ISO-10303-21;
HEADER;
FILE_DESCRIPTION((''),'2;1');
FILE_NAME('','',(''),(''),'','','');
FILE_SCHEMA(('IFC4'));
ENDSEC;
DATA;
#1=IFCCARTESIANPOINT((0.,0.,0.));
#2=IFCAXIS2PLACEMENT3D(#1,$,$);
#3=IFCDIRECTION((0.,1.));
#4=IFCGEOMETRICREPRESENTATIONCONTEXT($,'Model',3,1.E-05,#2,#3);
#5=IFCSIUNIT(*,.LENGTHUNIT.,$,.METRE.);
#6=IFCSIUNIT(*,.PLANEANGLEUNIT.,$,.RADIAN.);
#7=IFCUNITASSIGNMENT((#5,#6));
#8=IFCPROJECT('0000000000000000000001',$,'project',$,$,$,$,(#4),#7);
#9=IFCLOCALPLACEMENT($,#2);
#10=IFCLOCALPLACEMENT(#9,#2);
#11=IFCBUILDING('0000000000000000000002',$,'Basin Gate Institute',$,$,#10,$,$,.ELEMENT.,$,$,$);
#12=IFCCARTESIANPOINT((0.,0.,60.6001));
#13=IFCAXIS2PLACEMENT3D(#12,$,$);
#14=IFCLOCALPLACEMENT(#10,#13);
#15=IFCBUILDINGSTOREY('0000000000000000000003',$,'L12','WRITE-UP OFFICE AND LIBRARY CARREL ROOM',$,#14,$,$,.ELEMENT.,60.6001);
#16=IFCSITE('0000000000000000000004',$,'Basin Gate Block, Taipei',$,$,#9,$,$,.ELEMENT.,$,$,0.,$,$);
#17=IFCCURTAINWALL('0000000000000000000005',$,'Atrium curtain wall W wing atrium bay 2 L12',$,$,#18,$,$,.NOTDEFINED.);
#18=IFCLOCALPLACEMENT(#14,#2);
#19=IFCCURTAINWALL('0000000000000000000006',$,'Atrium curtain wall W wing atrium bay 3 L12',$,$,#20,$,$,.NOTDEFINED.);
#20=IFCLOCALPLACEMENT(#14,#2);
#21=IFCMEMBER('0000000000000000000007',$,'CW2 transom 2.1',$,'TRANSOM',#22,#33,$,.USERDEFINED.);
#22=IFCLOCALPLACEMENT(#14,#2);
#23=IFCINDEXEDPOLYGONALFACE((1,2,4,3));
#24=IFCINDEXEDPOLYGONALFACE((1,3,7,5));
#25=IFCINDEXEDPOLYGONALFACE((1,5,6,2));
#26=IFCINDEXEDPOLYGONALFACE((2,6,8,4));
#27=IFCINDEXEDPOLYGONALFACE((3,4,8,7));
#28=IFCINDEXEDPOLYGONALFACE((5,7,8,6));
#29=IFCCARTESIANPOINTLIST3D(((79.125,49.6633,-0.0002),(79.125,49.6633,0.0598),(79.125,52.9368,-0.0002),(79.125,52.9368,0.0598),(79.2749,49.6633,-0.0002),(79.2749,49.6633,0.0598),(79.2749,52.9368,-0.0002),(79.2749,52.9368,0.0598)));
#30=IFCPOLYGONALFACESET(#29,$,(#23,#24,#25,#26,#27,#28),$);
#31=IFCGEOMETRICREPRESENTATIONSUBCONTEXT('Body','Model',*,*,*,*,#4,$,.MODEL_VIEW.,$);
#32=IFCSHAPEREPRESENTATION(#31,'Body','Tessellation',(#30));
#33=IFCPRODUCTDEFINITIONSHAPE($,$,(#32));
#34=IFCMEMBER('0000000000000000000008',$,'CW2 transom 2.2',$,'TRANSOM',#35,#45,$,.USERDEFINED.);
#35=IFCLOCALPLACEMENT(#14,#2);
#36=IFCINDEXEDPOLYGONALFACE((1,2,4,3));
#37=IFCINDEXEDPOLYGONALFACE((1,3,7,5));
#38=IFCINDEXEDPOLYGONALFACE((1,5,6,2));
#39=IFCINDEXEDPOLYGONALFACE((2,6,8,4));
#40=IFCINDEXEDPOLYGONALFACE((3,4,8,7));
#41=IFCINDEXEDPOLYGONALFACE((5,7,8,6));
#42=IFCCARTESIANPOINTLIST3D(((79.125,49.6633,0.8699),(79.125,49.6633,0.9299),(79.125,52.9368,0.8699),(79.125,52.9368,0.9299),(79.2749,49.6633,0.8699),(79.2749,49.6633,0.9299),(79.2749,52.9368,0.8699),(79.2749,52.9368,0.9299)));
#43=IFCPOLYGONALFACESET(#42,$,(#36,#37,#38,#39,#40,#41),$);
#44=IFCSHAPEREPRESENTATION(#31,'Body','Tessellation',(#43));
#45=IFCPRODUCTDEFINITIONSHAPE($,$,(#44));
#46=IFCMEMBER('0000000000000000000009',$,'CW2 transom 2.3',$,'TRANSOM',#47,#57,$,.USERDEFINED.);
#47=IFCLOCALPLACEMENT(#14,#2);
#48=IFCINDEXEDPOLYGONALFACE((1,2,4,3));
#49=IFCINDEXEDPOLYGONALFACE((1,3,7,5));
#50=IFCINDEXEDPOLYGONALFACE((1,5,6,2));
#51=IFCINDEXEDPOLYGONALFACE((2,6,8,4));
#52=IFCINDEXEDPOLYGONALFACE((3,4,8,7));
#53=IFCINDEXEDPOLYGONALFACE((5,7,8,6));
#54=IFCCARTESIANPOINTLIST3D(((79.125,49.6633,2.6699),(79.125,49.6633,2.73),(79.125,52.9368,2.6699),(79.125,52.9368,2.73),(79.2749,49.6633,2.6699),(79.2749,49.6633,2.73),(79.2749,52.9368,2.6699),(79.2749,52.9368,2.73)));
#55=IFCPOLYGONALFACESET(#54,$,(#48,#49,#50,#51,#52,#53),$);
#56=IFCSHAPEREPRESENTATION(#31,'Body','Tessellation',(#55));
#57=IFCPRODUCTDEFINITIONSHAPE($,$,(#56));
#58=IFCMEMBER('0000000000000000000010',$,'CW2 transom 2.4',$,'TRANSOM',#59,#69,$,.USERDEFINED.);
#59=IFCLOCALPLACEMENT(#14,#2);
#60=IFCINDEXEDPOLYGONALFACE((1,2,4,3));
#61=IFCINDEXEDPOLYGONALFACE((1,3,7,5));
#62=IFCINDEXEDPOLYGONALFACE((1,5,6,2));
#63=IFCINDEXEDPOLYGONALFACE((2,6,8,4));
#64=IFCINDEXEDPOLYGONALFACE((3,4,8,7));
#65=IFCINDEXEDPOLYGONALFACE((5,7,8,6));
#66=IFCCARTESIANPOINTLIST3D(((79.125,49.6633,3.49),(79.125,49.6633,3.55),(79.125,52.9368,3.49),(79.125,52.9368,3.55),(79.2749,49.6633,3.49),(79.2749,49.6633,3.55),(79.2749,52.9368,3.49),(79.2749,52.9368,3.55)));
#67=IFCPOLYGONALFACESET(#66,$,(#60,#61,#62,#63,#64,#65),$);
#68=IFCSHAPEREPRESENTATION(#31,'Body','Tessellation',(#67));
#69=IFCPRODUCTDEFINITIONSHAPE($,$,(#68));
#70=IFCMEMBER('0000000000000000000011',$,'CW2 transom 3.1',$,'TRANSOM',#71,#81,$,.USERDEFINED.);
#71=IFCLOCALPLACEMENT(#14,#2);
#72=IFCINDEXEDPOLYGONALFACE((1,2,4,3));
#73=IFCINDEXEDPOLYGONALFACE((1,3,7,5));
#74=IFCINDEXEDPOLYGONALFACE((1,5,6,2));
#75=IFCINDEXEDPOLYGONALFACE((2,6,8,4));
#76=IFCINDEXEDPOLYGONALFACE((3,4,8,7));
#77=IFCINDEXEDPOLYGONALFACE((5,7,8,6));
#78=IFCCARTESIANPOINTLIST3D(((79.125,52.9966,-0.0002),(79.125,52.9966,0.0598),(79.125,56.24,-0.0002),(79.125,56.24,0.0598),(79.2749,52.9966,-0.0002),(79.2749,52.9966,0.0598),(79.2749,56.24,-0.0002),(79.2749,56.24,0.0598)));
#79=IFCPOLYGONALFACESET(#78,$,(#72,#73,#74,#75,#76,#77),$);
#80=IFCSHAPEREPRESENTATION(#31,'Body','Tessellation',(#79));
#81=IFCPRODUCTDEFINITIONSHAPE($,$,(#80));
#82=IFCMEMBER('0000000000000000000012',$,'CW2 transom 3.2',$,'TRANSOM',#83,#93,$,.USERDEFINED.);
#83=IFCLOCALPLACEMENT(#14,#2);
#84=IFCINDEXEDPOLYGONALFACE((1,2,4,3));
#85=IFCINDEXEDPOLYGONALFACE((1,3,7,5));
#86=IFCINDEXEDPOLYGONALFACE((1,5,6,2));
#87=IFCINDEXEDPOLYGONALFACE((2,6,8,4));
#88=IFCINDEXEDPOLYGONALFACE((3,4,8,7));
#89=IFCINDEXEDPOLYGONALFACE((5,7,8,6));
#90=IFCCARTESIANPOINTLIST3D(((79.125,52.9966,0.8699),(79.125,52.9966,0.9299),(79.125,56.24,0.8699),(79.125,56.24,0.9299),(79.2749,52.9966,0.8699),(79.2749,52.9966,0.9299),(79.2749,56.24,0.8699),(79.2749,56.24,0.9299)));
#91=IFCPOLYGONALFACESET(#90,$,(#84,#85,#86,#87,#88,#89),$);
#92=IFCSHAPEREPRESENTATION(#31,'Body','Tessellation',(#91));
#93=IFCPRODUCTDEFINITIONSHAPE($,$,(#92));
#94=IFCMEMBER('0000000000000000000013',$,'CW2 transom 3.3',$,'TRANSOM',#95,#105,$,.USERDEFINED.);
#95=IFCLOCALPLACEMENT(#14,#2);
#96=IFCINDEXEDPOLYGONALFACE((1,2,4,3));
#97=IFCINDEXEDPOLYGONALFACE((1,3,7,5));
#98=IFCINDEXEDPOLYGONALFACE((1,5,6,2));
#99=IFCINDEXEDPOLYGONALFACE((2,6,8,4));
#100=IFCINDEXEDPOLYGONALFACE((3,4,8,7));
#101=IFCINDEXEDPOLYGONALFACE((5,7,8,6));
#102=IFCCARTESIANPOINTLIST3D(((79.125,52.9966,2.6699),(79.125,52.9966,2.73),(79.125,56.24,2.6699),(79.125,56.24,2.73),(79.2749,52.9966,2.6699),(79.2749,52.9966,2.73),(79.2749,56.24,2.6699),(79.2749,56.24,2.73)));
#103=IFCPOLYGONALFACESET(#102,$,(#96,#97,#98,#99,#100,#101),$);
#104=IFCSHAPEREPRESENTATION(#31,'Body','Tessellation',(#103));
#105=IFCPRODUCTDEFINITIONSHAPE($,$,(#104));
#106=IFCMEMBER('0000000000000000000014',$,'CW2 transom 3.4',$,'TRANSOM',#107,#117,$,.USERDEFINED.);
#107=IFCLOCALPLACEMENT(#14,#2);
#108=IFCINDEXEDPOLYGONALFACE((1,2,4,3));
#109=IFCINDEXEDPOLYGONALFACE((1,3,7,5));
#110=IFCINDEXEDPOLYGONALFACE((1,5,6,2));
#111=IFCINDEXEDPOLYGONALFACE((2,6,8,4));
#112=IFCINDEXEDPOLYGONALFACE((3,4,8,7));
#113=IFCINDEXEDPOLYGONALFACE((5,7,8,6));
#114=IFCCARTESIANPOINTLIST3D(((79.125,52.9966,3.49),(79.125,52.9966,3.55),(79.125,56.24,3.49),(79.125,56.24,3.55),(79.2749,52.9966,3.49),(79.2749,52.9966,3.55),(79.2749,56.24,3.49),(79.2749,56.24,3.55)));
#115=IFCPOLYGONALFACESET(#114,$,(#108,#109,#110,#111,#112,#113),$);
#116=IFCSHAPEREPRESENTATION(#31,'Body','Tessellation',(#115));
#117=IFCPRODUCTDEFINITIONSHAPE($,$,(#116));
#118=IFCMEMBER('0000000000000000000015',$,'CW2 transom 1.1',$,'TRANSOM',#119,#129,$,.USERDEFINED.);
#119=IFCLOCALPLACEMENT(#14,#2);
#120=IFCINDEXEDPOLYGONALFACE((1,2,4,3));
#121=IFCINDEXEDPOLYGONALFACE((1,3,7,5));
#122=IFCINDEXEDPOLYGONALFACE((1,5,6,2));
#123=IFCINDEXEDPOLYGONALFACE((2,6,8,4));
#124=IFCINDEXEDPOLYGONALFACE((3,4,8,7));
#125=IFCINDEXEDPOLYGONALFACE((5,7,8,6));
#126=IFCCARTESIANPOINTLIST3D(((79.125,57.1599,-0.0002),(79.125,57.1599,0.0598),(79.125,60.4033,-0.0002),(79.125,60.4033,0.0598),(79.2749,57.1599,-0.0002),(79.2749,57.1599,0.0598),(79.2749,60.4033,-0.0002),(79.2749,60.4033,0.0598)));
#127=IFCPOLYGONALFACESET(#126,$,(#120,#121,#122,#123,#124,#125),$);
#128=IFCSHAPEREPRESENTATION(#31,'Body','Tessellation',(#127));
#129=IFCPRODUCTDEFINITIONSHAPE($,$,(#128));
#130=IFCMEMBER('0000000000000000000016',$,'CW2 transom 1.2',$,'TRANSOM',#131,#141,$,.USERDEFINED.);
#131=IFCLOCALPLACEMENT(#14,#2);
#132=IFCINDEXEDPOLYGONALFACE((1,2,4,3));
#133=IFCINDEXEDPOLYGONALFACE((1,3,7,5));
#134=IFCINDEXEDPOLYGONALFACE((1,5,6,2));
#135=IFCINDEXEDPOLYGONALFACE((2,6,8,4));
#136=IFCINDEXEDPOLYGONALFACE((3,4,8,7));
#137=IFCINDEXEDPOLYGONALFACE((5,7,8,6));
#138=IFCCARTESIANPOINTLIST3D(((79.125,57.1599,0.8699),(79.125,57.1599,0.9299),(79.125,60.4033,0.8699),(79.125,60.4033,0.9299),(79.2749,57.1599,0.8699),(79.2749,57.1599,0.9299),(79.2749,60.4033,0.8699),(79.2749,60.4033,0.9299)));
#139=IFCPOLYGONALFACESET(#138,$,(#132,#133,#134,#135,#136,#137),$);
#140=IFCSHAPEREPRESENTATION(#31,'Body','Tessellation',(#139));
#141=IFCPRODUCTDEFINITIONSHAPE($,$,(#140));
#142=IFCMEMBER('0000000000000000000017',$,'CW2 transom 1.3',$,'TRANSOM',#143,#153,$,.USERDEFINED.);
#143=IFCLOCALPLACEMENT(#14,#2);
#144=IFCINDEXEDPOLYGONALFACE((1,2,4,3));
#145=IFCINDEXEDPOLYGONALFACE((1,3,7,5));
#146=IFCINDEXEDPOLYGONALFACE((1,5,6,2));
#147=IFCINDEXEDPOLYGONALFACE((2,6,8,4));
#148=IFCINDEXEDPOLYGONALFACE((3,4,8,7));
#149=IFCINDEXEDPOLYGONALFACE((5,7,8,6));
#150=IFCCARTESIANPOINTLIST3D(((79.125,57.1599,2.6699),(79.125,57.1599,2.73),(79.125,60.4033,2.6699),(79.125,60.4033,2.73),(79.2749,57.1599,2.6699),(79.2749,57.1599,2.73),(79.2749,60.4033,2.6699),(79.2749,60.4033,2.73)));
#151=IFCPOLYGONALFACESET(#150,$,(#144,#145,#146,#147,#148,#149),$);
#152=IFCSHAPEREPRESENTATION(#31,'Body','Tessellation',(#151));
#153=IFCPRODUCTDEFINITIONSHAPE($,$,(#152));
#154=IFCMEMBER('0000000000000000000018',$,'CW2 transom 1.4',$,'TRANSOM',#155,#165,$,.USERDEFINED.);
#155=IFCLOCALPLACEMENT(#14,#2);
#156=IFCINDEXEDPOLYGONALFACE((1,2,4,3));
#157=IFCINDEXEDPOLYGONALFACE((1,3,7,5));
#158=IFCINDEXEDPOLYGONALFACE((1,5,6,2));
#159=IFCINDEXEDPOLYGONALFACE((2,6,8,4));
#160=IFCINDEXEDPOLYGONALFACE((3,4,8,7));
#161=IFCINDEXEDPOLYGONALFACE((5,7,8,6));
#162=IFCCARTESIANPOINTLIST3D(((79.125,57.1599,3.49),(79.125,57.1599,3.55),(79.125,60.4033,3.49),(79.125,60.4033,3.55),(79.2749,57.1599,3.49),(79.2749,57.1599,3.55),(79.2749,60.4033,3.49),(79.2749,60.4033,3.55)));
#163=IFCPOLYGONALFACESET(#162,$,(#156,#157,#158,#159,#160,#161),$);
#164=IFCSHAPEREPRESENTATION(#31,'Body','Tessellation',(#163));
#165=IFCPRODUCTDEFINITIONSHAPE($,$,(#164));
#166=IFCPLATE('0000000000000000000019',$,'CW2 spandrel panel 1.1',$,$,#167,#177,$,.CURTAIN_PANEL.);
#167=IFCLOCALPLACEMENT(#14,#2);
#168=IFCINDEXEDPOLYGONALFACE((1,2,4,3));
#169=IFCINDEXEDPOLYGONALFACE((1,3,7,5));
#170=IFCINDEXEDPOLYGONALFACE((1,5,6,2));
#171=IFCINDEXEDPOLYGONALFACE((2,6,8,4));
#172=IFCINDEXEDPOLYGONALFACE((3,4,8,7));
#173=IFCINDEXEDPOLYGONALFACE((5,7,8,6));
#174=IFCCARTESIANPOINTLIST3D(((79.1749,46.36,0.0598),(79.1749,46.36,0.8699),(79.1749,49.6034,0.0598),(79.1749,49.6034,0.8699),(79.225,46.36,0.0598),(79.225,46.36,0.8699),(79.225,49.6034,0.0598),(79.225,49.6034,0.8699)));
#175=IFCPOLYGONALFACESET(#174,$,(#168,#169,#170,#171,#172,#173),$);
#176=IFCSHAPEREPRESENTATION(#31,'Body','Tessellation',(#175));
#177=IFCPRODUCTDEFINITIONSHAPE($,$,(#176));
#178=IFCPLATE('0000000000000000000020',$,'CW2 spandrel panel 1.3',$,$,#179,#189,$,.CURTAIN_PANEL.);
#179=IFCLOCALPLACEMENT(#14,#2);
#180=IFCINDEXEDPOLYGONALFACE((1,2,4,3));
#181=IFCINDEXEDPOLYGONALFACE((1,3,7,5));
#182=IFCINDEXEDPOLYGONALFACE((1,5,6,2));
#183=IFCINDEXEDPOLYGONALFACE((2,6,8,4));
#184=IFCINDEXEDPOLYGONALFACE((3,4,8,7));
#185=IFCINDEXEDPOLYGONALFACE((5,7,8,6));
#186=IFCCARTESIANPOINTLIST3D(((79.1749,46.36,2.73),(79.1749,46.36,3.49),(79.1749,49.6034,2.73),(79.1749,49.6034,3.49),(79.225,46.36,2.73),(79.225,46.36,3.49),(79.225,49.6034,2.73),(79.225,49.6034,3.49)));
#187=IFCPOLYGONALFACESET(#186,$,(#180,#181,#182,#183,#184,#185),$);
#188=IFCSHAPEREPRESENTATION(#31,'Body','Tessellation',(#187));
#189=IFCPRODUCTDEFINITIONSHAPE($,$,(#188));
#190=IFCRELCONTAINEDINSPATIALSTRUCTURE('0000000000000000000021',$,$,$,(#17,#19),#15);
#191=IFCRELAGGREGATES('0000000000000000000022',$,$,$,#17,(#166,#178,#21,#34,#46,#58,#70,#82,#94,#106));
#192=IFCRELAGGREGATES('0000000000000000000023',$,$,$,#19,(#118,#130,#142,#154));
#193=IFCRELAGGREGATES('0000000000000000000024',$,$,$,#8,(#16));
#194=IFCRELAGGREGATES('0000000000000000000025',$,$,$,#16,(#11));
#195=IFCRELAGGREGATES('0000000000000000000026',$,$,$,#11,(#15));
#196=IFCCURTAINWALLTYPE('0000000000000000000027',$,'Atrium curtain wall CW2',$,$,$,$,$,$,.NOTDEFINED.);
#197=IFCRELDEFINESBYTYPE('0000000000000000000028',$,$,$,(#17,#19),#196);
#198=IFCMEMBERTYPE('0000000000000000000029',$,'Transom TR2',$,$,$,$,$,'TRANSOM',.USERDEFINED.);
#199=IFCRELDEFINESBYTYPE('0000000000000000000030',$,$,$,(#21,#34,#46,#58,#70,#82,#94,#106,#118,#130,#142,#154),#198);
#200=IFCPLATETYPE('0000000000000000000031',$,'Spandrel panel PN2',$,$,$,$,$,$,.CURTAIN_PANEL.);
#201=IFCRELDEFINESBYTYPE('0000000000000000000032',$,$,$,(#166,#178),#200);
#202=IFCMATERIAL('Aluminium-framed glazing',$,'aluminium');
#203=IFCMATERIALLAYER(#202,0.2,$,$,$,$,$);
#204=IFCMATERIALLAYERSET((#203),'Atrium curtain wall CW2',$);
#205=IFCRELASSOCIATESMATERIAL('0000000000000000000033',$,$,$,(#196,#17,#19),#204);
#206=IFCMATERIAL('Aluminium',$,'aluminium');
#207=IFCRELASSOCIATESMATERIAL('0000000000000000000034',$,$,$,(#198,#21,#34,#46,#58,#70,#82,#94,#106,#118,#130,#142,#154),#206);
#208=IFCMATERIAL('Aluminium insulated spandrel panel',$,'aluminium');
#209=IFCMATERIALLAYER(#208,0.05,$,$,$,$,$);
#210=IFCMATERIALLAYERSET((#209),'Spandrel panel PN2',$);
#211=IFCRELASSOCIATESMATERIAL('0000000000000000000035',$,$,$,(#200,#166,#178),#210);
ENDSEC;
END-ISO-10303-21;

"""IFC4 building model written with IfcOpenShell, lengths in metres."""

from ifc_helpers import new_model, si_unit, direction, frame, origin, origin_2d, place, context, subcontext, project, spatial, rectangle, extrude, material, layer, layer_set, material_profile, profile_set, type_object, element, aggregate, save


model = new_model("IFC4")

# Units and contexts
model_context = context("Model", 3, precision=1e-05, world=origin(), true_north=direction((0.0, 1.0)))
body_context = subcontext(model_context, "Body", "Model", "MODEL_VIEW")
ifc_project = project(units=[si_unit("LENGTHUNIT", "METRE"), si_unit("PLANEANGLEUNIT", "RADIAN")], contexts=[model_context])

# Site, building, storey
site_placement = place(None, origin())
site = spatial("IfcSite", under=ifc_project, at=site_placement, Name="Basin Gate Block, Taipei", CompositionType="ELEMENT", RefElevation=0.0)
building_placement = place(site_placement, origin())
building = spatial("IfcBuilding", under=site, at=building_placement, Name="Basin Gate Institute", CompositionType="ELEMENT")
storey_placement = place(building_placement, frame((0.0, 0.0, 60.6001)))
storey = spatial("IfcBuildingStorey", under=building, at=storey_placement, Name="L12", Description="WRITE-UP OFFICE AND LIBRARY CARREL ROOM", CompositionType="ELEMENT", Elevation=60.6001)

# Curtain wall
ifc_material_1 = material(Name="Aluminium-framed glazing", Category="aluminium")
ifc_layer_1 = layer(ifc_material_1, 0.2)
ifc_layer_set_1 = layer_set([ifc_layer_1], Name="Atrium curtain wall CW2")
curtain_wall_type = type_object("IfcCurtainWallType", Name="Atrium curtain wall CW2", PredefinedType="NOTDEFINED", material=ifc_layer_set_1)
curtain_wall_1_placement = place(storey_placement, origin())
curtain_wall_1 = element("IfcCurtainWall", 1, at=curtain_wall_1_placement, inside=storey, type_object=curtain_wall_type, material=ifc_layer_set_1, Name="Atrium curtain wall W wing atrium bay 2 L12", PredefinedType="NOTDEFINED")

# Curtain wall
curtain_wall_2_placement = place(storey_placement, origin())
curtain_wall_2 = element("IfcCurtainWall", 2, at=curtain_wall_2_placement, inside=storey, type_object=curtain_wall_type, material=ifc_layer_set_1, Name="Atrium curtain wall W wing atrium bay 3 L12", PredefinedType="NOTDEFINED")

# Members
ifc_material_2 = material(Name="Aluminium", Category="aluminium")
ifc_material_profile_1 = material_profile(ifc_material_2, rectangle(XDim=0.1499, YDim=0.0601, at=origin_2d()), Name="Transom TR2 150 x 60")
ifc_profile_set_1 = profile_set([ifc_material_profile_1], Name="Aluminium")
member_type_1 = type_object("IfcMemberType", Name="Transom TR2", ElementType="TRANSOM", PredefinedType="USERDEFINED", material=ifc_profile_set_1)
member_1_placement = place(storey_placement, frame((79.2, 49.6633, 0.0298), z_axis=(0.0, 1.0, 0.0), x_axis=(-1.0, 0.0, 0.0)))
member_1 = element("IfcMember", 3, at=member_1_placement, type_object=member_type_1, material=ifc_profile_set_1, Name="CW2 transom 2.1", ObjectType="TRANSOM", PredefinedType="USERDEFINED", context=body_context, shape_type="SweptSolid", body=[
    extrude(rectangle(XDim=0.1499, YDim=0.0601, at=origin_2d()), origin(), (0.0, 0.0, 1.0), 3.2734),
])
member_2_placement = place(storey_placement, frame((79.2, 49.6633, 0.8999), z_axis=(0.0, 1.0, 0.0), x_axis=(-1.0, 0.0, 0.0)))
member_2 = element("IfcMember", 4, at=member_2_placement, type_object=member_type_1, material=ifc_profile_set_1, Name="CW2 transom 2.2", ObjectType="TRANSOM", PredefinedType="USERDEFINED", context=body_context, shape_type="SweptSolid", body=[
    extrude(rectangle(XDim=0.1499, YDim=0.0601, at=origin_2d()), origin(), (0.0, 0.0, 1.0), 3.2734),
])
member_3_placement = place(storey_placement, frame((79.2, 49.6633, 2.7), z_axis=(0.0, 1.0, 0.0), x_axis=(-1.0, 0.0, 0.0)))
member_3 = element("IfcMember", 5, at=member_3_placement, type_object=member_type_1, material=ifc_profile_set_1, Name="CW2 transom 2.3", ObjectType="TRANSOM", PredefinedType="USERDEFINED", context=body_context, shape_type="SweptSolid", body=[
    extrude(rectangle(XDim=0.1499, YDim=0.0601, at=origin_2d()), origin(), (0.0, 0.0, 1.0), 3.2734),
])
member_4_placement = place(storey_placement, frame((79.2, 49.6633, 3.52), z_axis=(0.0, 1.0, 0.0), x_axis=(-1.0, 0.0, 0.0)))
member_4 = element("IfcMember", 6, at=member_4_placement, type_object=member_type_1, material=ifc_profile_set_1, Name="CW2 transom 2.4", ObjectType="TRANSOM", PredefinedType="USERDEFINED", context=body_context, shape_type="SweptSolid", body=[
    extrude(rectangle(XDim=0.1499, YDim=0.0601, at=origin_2d()), origin(), (0.0, 0.0, 1.0), 3.2734),
])
member_5_placement = place(storey_placement, frame((79.2, 52.9966, 0.0298), z_axis=(0.0, 1.0, 0.0), x_axis=(-1.0, 0.0, 0.0)))
member_5 = element("IfcMember", 7, at=member_5_placement, type_object=member_type_1, material=ifc_profile_set_1, Name="CW2 transom 3.1", ObjectType="TRANSOM", PredefinedType="USERDEFINED", context=body_context, shape_type="SweptSolid", body=[
    extrude(rectangle(XDim=0.1499, YDim=0.0601, at=origin_2d()), origin(), (0.0, 0.0, 1.0), 3.2434),
])
member_6_placement = place(storey_placement, frame((79.2, 52.9966, 0.8999), z_axis=(0.0, 1.0, 0.0), x_axis=(-1.0, 0.0, 0.0)))
member_6 = element("IfcMember", 8, at=member_6_placement, type_object=member_type_1, material=ifc_profile_set_1, Name="CW2 transom 3.2", ObjectType="TRANSOM", PredefinedType="USERDEFINED", context=body_context, shape_type="SweptSolid", body=[
    extrude(rectangle(XDim=0.1499, YDim=0.0601, at=origin_2d()), origin(), (0.0, 0.0, 1.0), 3.2434),
])
member_7_placement = place(storey_placement, frame((79.2, 52.9966, 2.7), z_axis=(0.0, 1.0, 0.0), x_axis=(-1.0, 0.0, 0.0)))
member_7 = element("IfcMember", 9, at=member_7_placement, type_object=member_type_1, material=ifc_profile_set_1, Name="CW2 transom 3.3", ObjectType="TRANSOM", PredefinedType="USERDEFINED", context=body_context, shape_type="SweptSolid", body=[
    extrude(rectangle(XDim=0.1499, YDim=0.0601, at=origin_2d()), origin(), (0.0, 0.0, 1.0), 3.2434),
])
member_8_placement = place(storey_placement, frame((79.2, 52.9966, 3.52), z_axis=(0.0, 1.0, 0.0), x_axis=(-1.0, 0.0, 0.0)))
member_8 = element("IfcMember", 10, at=member_8_placement, type_object=member_type_1, material=ifc_profile_set_1, Name="CW2 transom 3.4", ObjectType="TRANSOM", PredefinedType="USERDEFINED", context=body_context, shape_type="SweptSolid", body=[
    extrude(rectangle(XDim=0.1499, YDim=0.0601, at=origin_2d()), origin(), (0.0, 0.0, 1.0), 3.2434),
])
member_9_placement = place(storey_placement, frame((79.2, 57.1599, 0.0298), z_axis=(0.0, 1.0, 0.0), x_axis=(-1.0, 0.0, 0.0)))
member_9 = element("IfcMember", 11, at=member_9_placement, type_object=member_type_1, material=ifc_profile_set_1, Name="CW2 transom 1.1", ObjectType="TRANSOM", PredefinedType="USERDEFINED", context=body_context, shape_type="SweptSolid", body=[
    extrude(rectangle(XDim=0.1499, YDim=0.0601, at=origin_2d()), origin(), (0.0, 0.0, 1.0), 3.2434),
])
member_10_placement = place(storey_placement, frame((79.2, 57.1599, 0.8999), z_axis=(0.0, 1.0, 0.0), x_axis=(-1.0, 0.0, 0.0)))
member_10 = element("IfcMember", 12, at=member_10_placement, type_object=member_type_1, material=ifc_profile_set_1, Name="CW2 transom 1.2", ObjectType="TRANSOM", PredefinedType="USERDEFINED", context=body_context, shape_type="SweptSolid", body=[
    extrude(rectangle(XDim=0.1499, YDim=0.0601, at=origin_2d()), origin(), (0.0, 0.0, 1.0), 3.2434),
])
member_11_placement = place(storey_placement, frame((79.2, 57.1599, 2.7), z_axis=(0.0, 1.0, 0.0), x_axis=(-1.0, 0.0, 0.0)))
member_11 = element("IfcMember", 13, at=member_11_placement, type_object=member_type_1, material=ifc_profile_set_1, Name="CW2 transom 1.3", ObjectType="TRANSOM", PredefinedType="USERDEFINED", context=body_context, shape_type="SweptSolid", body=[
    extrude(rectangle(XDim=0.1499, YDim=0.0601, at=origin_2d()), origin(), (0.0, 0.0, 1.0), 3.2434),
])
member_12_placement = place(storey_placement, frame((79.2, 57.1599, 3.52), z_axis=(0.0, 1.0, 0.0), x_axis=(-1.0, 0.0, 0.0)))
member_12 = element("IfcMember", 14, at=member_12_placement, type_object=member_type_1, material=ifc_profile_set_1, Name="CW2 transom 1.4", ObjectType="TRANSOM", PredefinedType="USERDEFINED", context=body_context, shape_type="SweptSolid", body=[
    extrude(rectangle(XDim=0.1499, YDim=0.0601, at=origin_2d()), origin(), (0.0, 0.0, 1.0), 3.2434),
])

# Plates
ifc_material_3 = material(Name="Aluminium insulated spandrel panel", Category="aluminium")
ifc_layer_2 = layer(ifc_material_3, 0.05)
ifc_layer_set_2 = layer_set([ifc_layer_2], Name="Spandrel panel PN2")
plate_type_1 = type_object("IfcPlateType", Name="Spandrel panel PN2", PredefinedType="CURTAIN_PANEL", material=ifc_layer_set_2)
plate_1_placement = place(storey_placement, frame((79.2, 47.9817, 0.0598), z_axis=(0.0, 0.0, 1.0), x_axis=(0.0, 1.0, 0.0)))
plate_1 = element("IfcPlate", 15, at=plate_1_placement, type_object=plate_type_1, material=ifc_layer_set_2, Name="CW2 spandrel panel 1.1", PredefinedType="CURTAIN_PANEL", context=body_context, shape_type="SweptSolid", body=[
    extrude(rectangle(XDim=3.2434, YDim=0.05, at=origin_2d()), origin(), (0.0, 0.0, 1.0), 0.8101),
])
plate_2_placement = place(storey_placement, frame((79.2, 47.9817, 2.73), z_axis=(0.0, 0.0, 1.0), x_axis=(0.0, 1.0, 0.0)))
plate_2 = element("IfcPlate", 16, at=plate_2_placement, type_object=plate_type_1, material=ifc_layer_set_2, Name="CW2 spandrel panel 1.3", PredefinedType="CURTAIN_PANEL", context=body_context, shape_type="SweptSolid", body=[
    extrude(rectangle(XDim=3.2434, YDim=0.05, at=origin_2d()), origin(), (0.0, 0.0, 1.0), 0.76),
])
aggregate(curtain_wall_1, [plate_1, plate_2, member_1, member_2, member_3, member_4, member_5, member_6, member_7, member_8])
aggregate(curtain_wall_2, [member_9, member_10, member_11, member_12])

save(model, "model.ifc")
